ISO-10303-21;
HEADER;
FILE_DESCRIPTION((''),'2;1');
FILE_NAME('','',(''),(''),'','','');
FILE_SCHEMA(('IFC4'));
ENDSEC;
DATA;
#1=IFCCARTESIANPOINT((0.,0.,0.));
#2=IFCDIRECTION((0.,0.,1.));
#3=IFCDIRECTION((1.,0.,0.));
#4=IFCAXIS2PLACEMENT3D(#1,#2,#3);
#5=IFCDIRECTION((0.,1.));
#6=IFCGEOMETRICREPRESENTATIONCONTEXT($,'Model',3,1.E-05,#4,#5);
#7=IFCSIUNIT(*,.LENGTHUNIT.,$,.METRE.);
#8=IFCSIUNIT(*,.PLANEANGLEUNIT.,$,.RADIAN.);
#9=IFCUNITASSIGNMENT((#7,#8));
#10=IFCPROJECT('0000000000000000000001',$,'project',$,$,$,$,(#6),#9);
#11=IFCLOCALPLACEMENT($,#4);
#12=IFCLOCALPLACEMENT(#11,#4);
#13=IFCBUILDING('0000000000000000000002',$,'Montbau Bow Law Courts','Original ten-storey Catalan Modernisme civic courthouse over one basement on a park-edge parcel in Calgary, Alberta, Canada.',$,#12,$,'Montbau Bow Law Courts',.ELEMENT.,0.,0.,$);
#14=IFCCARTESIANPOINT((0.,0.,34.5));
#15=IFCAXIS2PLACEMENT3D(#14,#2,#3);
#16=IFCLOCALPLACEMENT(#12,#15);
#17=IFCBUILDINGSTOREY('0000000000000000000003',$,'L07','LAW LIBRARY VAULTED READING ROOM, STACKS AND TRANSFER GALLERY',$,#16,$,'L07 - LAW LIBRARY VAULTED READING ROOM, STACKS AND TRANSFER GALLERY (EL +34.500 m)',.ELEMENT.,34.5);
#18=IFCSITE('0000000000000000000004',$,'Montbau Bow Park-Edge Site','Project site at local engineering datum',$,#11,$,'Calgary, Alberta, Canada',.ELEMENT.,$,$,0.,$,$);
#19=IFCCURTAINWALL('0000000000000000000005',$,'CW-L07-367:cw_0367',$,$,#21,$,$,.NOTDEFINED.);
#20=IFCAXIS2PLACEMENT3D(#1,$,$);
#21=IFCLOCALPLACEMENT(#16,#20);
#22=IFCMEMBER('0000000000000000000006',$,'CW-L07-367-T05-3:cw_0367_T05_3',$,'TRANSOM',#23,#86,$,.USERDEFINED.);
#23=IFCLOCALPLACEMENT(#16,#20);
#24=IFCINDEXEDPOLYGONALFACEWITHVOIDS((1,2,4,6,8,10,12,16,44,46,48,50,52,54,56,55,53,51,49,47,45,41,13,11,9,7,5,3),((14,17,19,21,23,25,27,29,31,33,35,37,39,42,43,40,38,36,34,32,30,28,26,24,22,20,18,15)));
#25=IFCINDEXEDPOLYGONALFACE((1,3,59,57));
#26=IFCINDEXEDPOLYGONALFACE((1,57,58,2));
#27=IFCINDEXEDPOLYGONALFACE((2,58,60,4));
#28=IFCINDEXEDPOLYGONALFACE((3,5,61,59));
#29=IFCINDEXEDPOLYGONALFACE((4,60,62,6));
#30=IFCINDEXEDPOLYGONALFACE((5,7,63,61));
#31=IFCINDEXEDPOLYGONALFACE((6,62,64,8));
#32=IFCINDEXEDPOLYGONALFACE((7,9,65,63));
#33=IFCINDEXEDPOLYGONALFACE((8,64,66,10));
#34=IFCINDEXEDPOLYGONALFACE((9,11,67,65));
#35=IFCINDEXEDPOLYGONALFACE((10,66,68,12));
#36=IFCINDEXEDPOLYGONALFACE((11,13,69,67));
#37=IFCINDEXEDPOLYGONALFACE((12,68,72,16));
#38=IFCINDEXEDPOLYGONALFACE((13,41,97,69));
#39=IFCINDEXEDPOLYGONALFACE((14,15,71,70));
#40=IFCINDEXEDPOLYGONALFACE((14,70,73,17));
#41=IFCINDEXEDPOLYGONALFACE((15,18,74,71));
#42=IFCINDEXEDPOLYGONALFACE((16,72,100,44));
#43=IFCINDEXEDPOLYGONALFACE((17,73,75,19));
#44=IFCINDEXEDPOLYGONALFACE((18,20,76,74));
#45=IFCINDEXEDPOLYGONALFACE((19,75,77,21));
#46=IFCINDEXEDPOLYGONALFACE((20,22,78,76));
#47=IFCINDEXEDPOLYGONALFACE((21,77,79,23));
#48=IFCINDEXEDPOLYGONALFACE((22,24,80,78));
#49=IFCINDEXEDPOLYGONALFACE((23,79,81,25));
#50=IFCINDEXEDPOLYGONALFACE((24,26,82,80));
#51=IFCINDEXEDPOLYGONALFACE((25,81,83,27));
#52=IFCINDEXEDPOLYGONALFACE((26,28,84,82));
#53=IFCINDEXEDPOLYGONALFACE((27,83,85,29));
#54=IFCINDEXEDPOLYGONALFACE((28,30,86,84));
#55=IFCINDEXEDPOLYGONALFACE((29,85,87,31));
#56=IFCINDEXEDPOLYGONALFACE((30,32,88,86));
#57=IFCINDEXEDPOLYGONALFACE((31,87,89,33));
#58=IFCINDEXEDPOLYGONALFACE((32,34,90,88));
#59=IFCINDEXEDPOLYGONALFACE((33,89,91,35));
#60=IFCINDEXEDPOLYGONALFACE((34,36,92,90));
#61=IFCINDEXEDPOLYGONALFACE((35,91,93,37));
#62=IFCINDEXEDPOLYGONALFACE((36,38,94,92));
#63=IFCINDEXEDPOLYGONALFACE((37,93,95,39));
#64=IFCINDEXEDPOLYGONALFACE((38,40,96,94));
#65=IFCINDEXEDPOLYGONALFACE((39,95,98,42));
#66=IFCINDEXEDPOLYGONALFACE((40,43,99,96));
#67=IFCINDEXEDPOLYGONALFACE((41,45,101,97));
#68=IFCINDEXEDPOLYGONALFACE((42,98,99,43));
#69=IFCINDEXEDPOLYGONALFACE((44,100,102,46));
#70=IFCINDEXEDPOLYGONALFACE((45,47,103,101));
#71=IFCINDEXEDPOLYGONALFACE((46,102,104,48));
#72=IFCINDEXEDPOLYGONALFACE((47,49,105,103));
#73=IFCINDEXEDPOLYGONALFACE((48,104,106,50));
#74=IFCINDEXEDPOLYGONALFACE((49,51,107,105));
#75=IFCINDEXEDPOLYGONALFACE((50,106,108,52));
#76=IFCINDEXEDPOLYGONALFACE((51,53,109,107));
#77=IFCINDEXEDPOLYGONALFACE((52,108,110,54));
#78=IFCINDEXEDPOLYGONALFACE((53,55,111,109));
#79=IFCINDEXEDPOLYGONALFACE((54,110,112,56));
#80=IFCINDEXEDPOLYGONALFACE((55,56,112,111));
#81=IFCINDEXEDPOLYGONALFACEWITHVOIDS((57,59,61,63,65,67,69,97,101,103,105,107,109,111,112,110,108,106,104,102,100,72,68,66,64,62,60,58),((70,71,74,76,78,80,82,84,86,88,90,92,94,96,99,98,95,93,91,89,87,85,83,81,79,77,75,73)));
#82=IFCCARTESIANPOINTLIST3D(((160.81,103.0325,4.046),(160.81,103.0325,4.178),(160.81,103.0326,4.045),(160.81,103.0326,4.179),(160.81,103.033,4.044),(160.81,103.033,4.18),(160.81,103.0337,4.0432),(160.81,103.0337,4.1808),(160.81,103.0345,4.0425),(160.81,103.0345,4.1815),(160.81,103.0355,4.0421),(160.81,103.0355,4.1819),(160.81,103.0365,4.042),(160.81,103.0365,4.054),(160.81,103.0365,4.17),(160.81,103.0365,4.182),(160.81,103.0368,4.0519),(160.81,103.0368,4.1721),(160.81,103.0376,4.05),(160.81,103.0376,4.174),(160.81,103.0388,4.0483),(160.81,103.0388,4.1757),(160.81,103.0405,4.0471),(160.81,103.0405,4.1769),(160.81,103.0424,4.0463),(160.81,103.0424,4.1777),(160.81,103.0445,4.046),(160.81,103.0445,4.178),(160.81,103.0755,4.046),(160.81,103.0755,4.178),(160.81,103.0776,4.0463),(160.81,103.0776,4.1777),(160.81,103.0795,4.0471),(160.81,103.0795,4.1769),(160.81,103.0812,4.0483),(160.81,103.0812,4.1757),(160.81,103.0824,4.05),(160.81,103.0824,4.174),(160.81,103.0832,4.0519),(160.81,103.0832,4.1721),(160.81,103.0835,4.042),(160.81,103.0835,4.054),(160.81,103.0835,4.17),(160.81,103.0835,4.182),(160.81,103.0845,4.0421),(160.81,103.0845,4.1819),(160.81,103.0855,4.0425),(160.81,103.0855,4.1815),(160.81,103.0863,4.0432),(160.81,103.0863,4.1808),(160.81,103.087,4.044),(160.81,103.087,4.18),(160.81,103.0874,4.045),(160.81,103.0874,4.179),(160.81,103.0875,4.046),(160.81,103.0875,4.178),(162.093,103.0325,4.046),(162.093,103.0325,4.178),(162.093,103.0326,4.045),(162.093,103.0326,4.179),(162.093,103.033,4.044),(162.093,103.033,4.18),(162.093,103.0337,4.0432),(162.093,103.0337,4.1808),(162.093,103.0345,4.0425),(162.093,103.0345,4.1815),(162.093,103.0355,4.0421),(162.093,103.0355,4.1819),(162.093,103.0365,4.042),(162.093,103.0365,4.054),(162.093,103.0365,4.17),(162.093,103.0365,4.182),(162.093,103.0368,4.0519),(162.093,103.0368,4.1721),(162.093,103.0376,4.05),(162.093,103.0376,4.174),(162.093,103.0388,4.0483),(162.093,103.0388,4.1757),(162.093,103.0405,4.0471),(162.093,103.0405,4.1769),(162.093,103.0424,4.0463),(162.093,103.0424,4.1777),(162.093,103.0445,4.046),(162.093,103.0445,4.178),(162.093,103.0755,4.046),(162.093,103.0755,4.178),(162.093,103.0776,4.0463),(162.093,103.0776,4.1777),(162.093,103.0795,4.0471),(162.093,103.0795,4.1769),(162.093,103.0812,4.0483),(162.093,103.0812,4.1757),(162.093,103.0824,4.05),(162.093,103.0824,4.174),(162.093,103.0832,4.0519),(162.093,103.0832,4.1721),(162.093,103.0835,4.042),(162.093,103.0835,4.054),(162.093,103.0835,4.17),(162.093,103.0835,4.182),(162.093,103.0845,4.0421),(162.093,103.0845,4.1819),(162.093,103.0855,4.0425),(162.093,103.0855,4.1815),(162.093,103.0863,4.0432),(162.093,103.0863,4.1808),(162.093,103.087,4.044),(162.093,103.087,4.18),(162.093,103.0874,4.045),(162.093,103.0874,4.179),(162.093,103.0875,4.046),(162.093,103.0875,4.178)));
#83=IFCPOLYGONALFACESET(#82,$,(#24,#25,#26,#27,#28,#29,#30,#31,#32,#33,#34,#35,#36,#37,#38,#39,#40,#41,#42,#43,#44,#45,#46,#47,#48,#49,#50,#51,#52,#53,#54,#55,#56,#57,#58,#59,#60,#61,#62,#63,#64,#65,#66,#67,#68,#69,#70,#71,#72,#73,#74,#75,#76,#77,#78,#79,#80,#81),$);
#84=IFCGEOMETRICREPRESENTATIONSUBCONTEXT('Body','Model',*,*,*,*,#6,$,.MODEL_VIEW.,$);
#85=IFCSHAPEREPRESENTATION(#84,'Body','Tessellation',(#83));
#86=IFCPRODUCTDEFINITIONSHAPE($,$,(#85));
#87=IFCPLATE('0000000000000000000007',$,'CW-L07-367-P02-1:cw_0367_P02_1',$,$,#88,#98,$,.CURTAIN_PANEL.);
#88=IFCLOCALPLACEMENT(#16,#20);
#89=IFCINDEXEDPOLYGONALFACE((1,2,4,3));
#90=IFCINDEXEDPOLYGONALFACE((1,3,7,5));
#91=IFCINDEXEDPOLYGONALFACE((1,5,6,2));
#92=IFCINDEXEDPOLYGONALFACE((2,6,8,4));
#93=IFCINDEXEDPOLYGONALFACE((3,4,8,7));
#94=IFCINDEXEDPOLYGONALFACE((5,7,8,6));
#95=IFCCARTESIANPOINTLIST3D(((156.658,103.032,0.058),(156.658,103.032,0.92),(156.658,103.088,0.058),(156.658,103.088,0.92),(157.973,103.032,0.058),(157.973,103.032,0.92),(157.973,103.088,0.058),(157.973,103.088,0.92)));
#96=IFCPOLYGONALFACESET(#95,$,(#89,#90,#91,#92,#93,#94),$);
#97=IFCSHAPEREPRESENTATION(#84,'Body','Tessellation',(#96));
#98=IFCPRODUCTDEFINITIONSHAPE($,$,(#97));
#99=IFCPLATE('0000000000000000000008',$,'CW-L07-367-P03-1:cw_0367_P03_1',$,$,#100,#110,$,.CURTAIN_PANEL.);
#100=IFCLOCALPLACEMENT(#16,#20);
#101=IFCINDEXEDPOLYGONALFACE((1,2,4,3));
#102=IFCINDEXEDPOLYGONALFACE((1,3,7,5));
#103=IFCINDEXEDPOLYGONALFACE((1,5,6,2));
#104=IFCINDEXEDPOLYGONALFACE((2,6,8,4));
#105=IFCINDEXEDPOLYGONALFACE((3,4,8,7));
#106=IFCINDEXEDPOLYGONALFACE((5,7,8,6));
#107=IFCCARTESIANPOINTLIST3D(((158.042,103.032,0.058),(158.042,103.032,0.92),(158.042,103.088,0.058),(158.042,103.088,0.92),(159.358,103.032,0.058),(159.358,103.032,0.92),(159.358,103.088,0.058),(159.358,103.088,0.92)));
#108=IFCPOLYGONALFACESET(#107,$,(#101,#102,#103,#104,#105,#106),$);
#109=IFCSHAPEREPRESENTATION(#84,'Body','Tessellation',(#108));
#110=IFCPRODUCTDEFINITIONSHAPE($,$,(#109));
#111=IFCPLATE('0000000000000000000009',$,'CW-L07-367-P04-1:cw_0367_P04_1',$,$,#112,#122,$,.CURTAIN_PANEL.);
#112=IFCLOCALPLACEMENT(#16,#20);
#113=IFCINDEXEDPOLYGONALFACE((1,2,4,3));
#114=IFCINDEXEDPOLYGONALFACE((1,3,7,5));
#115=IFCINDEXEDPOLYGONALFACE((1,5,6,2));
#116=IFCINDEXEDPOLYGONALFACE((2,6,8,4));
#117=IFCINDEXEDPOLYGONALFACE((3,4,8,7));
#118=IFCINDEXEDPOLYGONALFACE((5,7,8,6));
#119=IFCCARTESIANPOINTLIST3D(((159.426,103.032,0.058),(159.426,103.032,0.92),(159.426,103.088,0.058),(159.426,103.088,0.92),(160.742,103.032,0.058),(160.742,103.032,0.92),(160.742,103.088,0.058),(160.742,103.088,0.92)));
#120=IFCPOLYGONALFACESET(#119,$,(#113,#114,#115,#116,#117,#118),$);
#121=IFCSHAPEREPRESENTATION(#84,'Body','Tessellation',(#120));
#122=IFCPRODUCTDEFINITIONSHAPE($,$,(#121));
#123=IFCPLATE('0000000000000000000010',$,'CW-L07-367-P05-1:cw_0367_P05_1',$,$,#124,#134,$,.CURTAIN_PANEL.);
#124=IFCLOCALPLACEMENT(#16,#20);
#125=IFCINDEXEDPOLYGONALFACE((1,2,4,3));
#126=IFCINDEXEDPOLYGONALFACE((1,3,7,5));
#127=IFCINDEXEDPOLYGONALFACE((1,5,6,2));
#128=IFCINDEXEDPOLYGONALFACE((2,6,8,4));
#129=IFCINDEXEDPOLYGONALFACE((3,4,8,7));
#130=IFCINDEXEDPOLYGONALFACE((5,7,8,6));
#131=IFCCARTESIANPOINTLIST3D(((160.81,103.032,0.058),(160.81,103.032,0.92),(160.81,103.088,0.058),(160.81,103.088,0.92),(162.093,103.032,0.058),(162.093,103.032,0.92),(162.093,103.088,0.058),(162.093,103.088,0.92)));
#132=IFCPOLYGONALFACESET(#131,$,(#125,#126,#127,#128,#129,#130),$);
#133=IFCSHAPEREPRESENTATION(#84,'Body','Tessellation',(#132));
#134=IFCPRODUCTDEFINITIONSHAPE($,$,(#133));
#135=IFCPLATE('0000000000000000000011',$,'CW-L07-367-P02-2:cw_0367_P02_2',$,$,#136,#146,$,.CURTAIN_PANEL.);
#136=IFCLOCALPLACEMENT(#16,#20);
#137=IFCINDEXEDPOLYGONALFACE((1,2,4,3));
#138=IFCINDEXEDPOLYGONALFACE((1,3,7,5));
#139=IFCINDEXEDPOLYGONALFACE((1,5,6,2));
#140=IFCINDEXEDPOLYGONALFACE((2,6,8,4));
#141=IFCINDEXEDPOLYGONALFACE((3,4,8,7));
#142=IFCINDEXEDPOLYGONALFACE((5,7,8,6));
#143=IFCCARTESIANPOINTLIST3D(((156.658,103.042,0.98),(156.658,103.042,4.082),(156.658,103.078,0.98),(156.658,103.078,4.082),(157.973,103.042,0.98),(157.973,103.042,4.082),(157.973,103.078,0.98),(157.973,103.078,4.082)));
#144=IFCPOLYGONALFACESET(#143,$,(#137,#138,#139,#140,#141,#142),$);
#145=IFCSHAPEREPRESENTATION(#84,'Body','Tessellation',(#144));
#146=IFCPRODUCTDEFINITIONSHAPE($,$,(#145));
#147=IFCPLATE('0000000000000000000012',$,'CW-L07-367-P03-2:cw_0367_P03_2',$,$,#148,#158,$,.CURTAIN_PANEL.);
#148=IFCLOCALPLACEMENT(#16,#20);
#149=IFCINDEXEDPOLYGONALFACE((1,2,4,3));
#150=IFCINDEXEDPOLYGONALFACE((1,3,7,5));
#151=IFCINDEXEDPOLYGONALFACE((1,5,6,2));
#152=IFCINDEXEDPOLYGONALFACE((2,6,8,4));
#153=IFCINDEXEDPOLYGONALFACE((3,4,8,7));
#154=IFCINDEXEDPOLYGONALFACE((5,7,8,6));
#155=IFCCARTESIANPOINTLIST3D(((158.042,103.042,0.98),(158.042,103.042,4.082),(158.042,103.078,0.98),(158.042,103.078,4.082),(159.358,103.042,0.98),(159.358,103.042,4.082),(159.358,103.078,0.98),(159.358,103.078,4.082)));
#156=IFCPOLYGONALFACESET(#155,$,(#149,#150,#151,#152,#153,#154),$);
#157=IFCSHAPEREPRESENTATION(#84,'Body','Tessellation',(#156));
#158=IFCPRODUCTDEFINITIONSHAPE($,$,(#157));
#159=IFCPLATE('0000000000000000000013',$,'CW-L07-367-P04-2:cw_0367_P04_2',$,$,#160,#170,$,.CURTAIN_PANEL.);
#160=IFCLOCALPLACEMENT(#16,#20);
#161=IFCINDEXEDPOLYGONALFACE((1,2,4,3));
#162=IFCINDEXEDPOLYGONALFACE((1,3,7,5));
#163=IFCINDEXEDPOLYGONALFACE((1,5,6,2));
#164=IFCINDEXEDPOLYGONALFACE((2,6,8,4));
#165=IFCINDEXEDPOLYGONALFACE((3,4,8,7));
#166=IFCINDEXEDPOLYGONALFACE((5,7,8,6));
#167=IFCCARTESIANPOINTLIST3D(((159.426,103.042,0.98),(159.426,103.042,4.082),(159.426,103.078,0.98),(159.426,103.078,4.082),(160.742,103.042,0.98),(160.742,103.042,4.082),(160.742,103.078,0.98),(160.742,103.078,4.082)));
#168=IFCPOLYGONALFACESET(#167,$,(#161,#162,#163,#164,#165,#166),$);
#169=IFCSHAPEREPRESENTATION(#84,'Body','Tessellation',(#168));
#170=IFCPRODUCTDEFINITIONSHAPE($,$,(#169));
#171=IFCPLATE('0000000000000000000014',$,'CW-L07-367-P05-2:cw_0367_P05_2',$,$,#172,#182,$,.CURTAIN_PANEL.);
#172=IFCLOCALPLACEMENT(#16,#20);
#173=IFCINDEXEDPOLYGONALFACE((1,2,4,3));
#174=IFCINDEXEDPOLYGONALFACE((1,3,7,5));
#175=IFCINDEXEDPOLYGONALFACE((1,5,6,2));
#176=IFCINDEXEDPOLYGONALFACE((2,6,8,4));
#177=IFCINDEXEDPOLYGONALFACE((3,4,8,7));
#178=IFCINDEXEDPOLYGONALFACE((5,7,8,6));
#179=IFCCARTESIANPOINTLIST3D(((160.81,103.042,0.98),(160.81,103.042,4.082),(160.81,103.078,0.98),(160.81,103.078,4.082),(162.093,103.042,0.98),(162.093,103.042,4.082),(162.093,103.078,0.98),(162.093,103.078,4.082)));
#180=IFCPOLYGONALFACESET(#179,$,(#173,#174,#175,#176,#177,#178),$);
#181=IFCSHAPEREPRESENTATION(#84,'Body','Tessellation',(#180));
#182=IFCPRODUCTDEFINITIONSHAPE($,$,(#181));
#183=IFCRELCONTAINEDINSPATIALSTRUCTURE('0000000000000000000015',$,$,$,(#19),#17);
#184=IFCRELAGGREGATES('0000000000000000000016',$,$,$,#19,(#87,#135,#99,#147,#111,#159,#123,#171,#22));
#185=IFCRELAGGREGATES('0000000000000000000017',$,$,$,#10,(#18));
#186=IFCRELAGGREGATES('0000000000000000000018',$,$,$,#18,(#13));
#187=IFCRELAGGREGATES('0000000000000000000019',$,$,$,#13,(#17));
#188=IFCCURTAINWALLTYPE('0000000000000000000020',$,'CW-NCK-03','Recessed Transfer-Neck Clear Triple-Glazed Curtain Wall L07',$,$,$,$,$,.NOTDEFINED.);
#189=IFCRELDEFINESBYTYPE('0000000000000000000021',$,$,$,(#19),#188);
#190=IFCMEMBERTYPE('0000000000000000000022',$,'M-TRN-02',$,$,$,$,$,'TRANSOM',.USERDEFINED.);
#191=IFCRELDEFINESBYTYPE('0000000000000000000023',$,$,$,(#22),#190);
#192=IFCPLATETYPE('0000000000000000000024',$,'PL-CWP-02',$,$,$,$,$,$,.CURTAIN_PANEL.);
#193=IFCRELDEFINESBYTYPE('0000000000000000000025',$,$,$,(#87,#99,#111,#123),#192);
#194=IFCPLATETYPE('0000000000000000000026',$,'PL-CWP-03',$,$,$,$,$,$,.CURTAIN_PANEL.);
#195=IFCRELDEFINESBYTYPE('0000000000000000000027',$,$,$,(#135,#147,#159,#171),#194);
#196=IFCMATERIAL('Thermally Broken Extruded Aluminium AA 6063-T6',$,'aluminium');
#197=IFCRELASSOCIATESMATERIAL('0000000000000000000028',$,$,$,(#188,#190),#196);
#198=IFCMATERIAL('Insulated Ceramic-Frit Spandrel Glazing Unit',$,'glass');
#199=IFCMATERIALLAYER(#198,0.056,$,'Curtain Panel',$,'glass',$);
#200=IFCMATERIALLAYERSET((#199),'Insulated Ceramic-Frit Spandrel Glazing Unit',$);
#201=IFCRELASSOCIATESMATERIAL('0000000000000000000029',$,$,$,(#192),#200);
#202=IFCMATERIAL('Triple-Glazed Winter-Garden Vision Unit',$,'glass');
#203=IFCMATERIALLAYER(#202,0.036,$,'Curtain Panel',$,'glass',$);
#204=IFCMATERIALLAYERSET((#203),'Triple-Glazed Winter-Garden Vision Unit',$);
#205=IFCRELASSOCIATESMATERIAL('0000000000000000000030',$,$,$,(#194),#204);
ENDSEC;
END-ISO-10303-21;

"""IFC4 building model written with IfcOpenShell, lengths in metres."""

from ifc_helpers import new_model, si_unit, direction, frame, frame_2d, origin_with_axes, origin_2d_with_axis, place, context, subcontext, project, spatial, rectangle, hollow_rectangle, extrude, material, layer, layer_set, material_profile, profile_set, type_object, element, aggregate, save


model = new_model("IFC4")

# Units and contexts
model_context = context("Model", 3, precision=1e-05, world=origin_with_axes(), true_north=direction((0.0, 1.0)))
body_context = subcontext(model_context, "Body", "Model", "MODEL_VIEW")
ifc_project = project(units=[si_unit("LENGTHUNIT", "METRE"), si_unit("PLANEANGLEUNIT", "RADIAN")], contexts=[model_context])

# Site, building, storey
site_placement = place(None, origin_with_axes())
site = spatial("IfcSite", under=ifc_project, at=site_placement, Name="Montbau Bow Park-Edge Site", Description="Project site at local engineering datum", LongName="Calgary, Alberta, Canada", CompositionType="ELEMENT", RefElevation=0.0)
building_placement = place(site_placement, origin_with_axes())
building = spatial("IfcBuilding", under=site, at=building_placement, Name="Montbau Bow Law Courts", Description="Original ten-storey Catalan Modernisme civic courthouse over one basement on a park-edge parcel in Calgary, Alberta, Canada.", LongName="Montbau Bow Law Courts", CompositionType="ELEMENT", ElevationOfRefHeight=0.0, ElevationOfTerrain=0.0)
storey_placement = place(building_placement, frame((0.0, 0.0, 34.5), z_axis=(0.0, 0.0, 1.0), x_axis=(1.0, 0.0, 0.0)))
storey = spatial("IfcBuildingStorey", under=building, at=storey_placement, Name="L07", Description="LAW LIBRARY VAULTED READING ROOM, STACKS AND TRANSFER GALLERY", LongName="L07 - LAW LIBRARY VAULTED READING ROOM, STACKS AND TRANSFER GALLERY (EL +34.500 m)", CompositionType="ELEMENT", Elevation=34.5)

# Curtain wall, member, plates
ifc_material_1 = material(Name="Thermally Broken Extruded Aluminium AA 6063-T6", Category="aluminium")
curtain_wall_type = type_object("IfcCurtainWallType", Name="CW-NCK-03", Description="Recessed Transfer-Neck Clear Triple-Glazed Curtain Wall L07", PredefinedType="NOTDEFINED", material=ifc_material_1)
curtain_wall_placement = place(None, frame((155.24, 103.06, 34.5), z_axis=(0.0, 0.0, 1.0), x_axis=(1.0, 0.0, 0.0)))
curtain_wall = element("IfcCurtainWall", 1, at=curtain_wall_placement, inside=storey, type_object=curtain_wall_type, Name="CW-L07-367:cw_0367", PredefinedType="NOTDEFINED")
ifc_material_profile_1 = material_profile(ifc_material_1, hollow_rectangle(XDim=0.055, YDim=0.14, WallThickness=0.004, InnerFilletRadius=0.008, OuterFilletRadius=0.004, at=origin_2d_with_axis()), Name="CWT-140X55", Category="Main", Priority=0)
ifc_profile_set_1 = profile_set([ifc_material_profile_1], Name="Thermally Broken Extruded Aluminium AA 6063-T6")
member_type_1 = type_object("IfcMemberType", Name="M-TRN-02", ElementType="TRANSOM", PredefinedType="USERDEFINED", material=ifc_profile_set_1)
member_1_placement = place(None, frame((160.81, 103.06, 38.612), z_axis=(1.0, 0.0, 0.0), x_axis=(0.0, 1.0, 0.0)))
member_1 = element("IfcMember", 2, at=member_1_placement, type_object=member_type_1, Name="CW-L07-367-T05-3:cw_0367_T05_3", ObjectType="TRANSOM", PredefinedType="USERDEFINED", context=body_context, shape_type="SweptSolid", body=[
    extrude(hollow_rectangle(XDim=0.055, YDim=0.14, WallThickness=0.004, InnerFilletRadius=0.008, OuterFilletRadius=0.004, at=origin_2d_with_axis()), origin_with_axes(), (0.0, 0.0, 1.0), 1.283),
])
ifc_material_2 = material(Name="Insulated Ceramic-Frit Spandrel Glazing Unit", Category="glass")
ifc_layer_1 = layer(ifc_material_2, 0.056, Name="Curtain Panel", Category="glass")
ifc_layer_set_1 = layer_set([ifc_layer_1], Name="Insulated Ceramic-Frit Spandrel Glazing Unit")
plate_type_1 = type_object("IfcPlateType", Name="PL-CWP-02", PredefinedType="CURTAIN_PANEL", material=ifc_layer_set_1)
plate_1_placement = place(None, frame((156.658, 103.06, 34.558), z_axis=(0.0, -1.0, 0.0), x_axis=(1.0, 0.0, 0.0)))
plate_1 = element("IfcPlate", 3, at=plate_1_placement, type_object=plate_type_1, Name="CW-L07-367-P02-1:cw_0367_P02_1", PredefinedType="CURTAIN_PANEL", context=body_context, shape_type="SweptSolid", body=[
    extrude(rectangle(XDim=1.315, YDim=0.862, at=frame_2d((0.6575, 0.431), x_axis=(1.0, 0.0))), frame((0.0, 0.0, -0.028), z_axis=(0.0, 0.0, 1.0), x_axis=(1.0, 0.0, 0.0)), (0.0, 0.0, 1.0), 0.056),
])
plate_2_placement = place(None, frame((158.042, 103.06, 34.558), z_axis=(0.0, -1.0, 0.0), x_axis=(1.0, 0.0, 0.0)))
plate_2 = element("IfcPlate", 4, at=plate_2_placement, type_object=plate_type_1, Name="CW-L07-367-P03-1:cw_0367_P03_1", PredefinedType="CURTAIN_PANEL", context=body_context, shape_type="SweptSolid", body=[
    extrude(rectangle(XDim=1.316, YDim=0.862, at=frame_2d((0.658, 0.431), x_axis=(1.0, 0.0))), frame((0.0, 0.0, -0.028), z_axis=(0.0, 0.0, 1.0), x_axis=(1.0, 0.0, 0.0)), (0.0, 0.0, 1.0), 0.056),
])
plate_3_placement = place(None, frame((159.426, 103.06, 34.558), z_axis=(0.0, -1.0, 0.0), x_axis=(1.0, 0.0, 0.0)))
plate_3 = element("IfcPlate", 5, at=plate_3_placement, type_object=plate_type_1, Name="CW-L07-367-P04-1:cw_0367_P04_1", PredefinedType="CURTAIN_PANEL", context=body_context, shape_type="SweptSolid", body=[
    extrude(rectangle(XDim=1.316, YDim=0.862, at=frame_2d((0.658, 0.431), x_axis=(1.0, 0.0))), frame((0.0, 0.0, -0.028), z_axis=(0.0, 0.0, 1.0), x_axis=(1.0, 0.0, 0.0)), (0.0, 0.0, 1.0), 0.056),
])
plate_4_placement = place(None, frame((160.81, 103.06, 34.558), z_axis=(0.0, -1.0, 0.0), x_axis=(1.0, 0.0, 0.0)))
plate_4 = element("IfcPlate", 6, at=plate_4_placement, type_object=plate_type_1, Name="CW-L07-367-P05-1:cw_0367_P05_1", PredefinedType="CURTAIN_PANEL", context=body_context, shape_type="SweptSolid", body=[
    extrude(rectangle(XDim=1.283, YDim=0.862, at=frame_2d((0.6415, 0.431), x_axis=(1.0, 0.0))), frame((0.0, 0.0, -0.028), z_axis=(0.0, 0.0, 1.0), x_axis=(1.0, 0.0, 0.0)), (0.0, 0.0, 1.0), 0.056),
])
ifc_material_3 = material(Name="Triple-Glazed Winter-Garden Vision Unit", Category="glass")
ifc_layer_2 = layer(ifc_material_3, 0.036, Name="Curtain Panel", Category="glass")
ifc_layer_set_2 = layer_set([ifc_layer_2], Name="Triple-Glazed Winter-Garden Vision Unit")
plate_type_2 = type_object("IfcPlateType", Name="PL-CWP-03", PredefinedType="CURTAIN_PANEL", material=ifc_layer_set_2)
plate_5_placement = place(None, frame((156.658, 103.06, 35.48), z_axis=(0.0, -1.0, 0.0), x_axis=(1.0, 0.0, 0.0)))
plate_5 = element("IfcPlate", 7, at=plate_5_placement, type_object=plate_type_2, Name="CW-L07-367-P02-2:cw_0367_P02_2", PredefinedType="CURTAIN_PANEL", context=body_context, shape_type="SweptSolid", body=[
    extrude(rectangle(XDim=1.315, YDim=3.102, at=frame_2d((0.6575, 1.551), x_axis=(1.0, 0.0))), frame((0.0, 0.0, -0.018), z_axis=(0.0, 0.0, 1.0), x_axis=(1.0, 0.0, 0.0)), (0.0, 0.0, 1.0), 0.036),
])
plate_6_placement = place(None, frame((158.042, 103.06, 35.48), z_axis=(0.0, -1.0, 0.0), x_axis=(1.0, 0.0, 0.0)))
plate_6 = element("IfcPlate", 8, at=plate_6_placement, type_object=plate_type_2, Name="CW-L07-367-P03-2:cw_0367_P03_2", PredefinedType="CURTAIN_PANEL", context=body_context, shape_type="SweptSolid", body=[
    extrude(rectangle(XDim=1.316, YDim=3.102, at=frame_2d((0.658, 1.551), x_axis=(1.0, 0.0))), frame((0.0, 0.0, -0.018), z_axis=(0.0, 0.0, 1.0), x_axis=(1.0, 0.0, 0.0)), (0.0, 0.0, 1.0), 0.036),
])
plate_7_placement = place(None, frame((159.426, 103.06, 35.48), z_axis=(0.0, -1.0, 0.0), x_axis=(1.0, 0.0, 0.0)))
plate_7 = element("IfcPlate", 9, at=plate_7_placement, type_object=plate_type_2, Name="CW-L07-367-P04-2:cw_0367_P04_2", PredefinedType="CURTAIN_PANEL", context=body_context, shape_type="SweptSolid", body=[
    extrude(rectangle(XDim=1.316, YDim=3.102, at=frame_2d((0.658, 1.551), x_axis=(1.0, 0.0))), frame((0.0, 0.0, -0.018), z_axis=(0.0, 0.0, 1.0), x_axis=(1.0, 0.0, 0.0)), (0.0, 0.0, 1.0), 0.036),
])
plate_8_placement = place(None, frame((160.81, 103.06, 35.48), z_axis=(0.0, -1.0, 0.0), x_axis=(1.0, 0.0, 0.0)))
plate_8 = element("IfcPlate", 10, at=plate_8_placement, type_object=plate_type_2, Name="CW-L07-367-P05-2:cw_0367_P05_2", PredefinedType="CURTAIN_PANEL", context=body_context, shape_type="SweptSolid", body=[
    extrude(rectangle(XDim=1.283, YDim=3.102, at=frame_2d((0.6415, 1.551), x_axis=(1.0, 0.0))), frame((0.0, 0.0, -0.018), z_axis=(0.0, 0.0, 1.0), x_axis=(1.0, 0.0, 0.0)), (0.0, 0.0, 1.0), 0.036),
])
aggregate(curtain_wall, [plate_1, plate_5, plate_2, plate_6, plate_3, plate_7, plate_4, plate_8, member_1])

save(model, "model.ifc")
